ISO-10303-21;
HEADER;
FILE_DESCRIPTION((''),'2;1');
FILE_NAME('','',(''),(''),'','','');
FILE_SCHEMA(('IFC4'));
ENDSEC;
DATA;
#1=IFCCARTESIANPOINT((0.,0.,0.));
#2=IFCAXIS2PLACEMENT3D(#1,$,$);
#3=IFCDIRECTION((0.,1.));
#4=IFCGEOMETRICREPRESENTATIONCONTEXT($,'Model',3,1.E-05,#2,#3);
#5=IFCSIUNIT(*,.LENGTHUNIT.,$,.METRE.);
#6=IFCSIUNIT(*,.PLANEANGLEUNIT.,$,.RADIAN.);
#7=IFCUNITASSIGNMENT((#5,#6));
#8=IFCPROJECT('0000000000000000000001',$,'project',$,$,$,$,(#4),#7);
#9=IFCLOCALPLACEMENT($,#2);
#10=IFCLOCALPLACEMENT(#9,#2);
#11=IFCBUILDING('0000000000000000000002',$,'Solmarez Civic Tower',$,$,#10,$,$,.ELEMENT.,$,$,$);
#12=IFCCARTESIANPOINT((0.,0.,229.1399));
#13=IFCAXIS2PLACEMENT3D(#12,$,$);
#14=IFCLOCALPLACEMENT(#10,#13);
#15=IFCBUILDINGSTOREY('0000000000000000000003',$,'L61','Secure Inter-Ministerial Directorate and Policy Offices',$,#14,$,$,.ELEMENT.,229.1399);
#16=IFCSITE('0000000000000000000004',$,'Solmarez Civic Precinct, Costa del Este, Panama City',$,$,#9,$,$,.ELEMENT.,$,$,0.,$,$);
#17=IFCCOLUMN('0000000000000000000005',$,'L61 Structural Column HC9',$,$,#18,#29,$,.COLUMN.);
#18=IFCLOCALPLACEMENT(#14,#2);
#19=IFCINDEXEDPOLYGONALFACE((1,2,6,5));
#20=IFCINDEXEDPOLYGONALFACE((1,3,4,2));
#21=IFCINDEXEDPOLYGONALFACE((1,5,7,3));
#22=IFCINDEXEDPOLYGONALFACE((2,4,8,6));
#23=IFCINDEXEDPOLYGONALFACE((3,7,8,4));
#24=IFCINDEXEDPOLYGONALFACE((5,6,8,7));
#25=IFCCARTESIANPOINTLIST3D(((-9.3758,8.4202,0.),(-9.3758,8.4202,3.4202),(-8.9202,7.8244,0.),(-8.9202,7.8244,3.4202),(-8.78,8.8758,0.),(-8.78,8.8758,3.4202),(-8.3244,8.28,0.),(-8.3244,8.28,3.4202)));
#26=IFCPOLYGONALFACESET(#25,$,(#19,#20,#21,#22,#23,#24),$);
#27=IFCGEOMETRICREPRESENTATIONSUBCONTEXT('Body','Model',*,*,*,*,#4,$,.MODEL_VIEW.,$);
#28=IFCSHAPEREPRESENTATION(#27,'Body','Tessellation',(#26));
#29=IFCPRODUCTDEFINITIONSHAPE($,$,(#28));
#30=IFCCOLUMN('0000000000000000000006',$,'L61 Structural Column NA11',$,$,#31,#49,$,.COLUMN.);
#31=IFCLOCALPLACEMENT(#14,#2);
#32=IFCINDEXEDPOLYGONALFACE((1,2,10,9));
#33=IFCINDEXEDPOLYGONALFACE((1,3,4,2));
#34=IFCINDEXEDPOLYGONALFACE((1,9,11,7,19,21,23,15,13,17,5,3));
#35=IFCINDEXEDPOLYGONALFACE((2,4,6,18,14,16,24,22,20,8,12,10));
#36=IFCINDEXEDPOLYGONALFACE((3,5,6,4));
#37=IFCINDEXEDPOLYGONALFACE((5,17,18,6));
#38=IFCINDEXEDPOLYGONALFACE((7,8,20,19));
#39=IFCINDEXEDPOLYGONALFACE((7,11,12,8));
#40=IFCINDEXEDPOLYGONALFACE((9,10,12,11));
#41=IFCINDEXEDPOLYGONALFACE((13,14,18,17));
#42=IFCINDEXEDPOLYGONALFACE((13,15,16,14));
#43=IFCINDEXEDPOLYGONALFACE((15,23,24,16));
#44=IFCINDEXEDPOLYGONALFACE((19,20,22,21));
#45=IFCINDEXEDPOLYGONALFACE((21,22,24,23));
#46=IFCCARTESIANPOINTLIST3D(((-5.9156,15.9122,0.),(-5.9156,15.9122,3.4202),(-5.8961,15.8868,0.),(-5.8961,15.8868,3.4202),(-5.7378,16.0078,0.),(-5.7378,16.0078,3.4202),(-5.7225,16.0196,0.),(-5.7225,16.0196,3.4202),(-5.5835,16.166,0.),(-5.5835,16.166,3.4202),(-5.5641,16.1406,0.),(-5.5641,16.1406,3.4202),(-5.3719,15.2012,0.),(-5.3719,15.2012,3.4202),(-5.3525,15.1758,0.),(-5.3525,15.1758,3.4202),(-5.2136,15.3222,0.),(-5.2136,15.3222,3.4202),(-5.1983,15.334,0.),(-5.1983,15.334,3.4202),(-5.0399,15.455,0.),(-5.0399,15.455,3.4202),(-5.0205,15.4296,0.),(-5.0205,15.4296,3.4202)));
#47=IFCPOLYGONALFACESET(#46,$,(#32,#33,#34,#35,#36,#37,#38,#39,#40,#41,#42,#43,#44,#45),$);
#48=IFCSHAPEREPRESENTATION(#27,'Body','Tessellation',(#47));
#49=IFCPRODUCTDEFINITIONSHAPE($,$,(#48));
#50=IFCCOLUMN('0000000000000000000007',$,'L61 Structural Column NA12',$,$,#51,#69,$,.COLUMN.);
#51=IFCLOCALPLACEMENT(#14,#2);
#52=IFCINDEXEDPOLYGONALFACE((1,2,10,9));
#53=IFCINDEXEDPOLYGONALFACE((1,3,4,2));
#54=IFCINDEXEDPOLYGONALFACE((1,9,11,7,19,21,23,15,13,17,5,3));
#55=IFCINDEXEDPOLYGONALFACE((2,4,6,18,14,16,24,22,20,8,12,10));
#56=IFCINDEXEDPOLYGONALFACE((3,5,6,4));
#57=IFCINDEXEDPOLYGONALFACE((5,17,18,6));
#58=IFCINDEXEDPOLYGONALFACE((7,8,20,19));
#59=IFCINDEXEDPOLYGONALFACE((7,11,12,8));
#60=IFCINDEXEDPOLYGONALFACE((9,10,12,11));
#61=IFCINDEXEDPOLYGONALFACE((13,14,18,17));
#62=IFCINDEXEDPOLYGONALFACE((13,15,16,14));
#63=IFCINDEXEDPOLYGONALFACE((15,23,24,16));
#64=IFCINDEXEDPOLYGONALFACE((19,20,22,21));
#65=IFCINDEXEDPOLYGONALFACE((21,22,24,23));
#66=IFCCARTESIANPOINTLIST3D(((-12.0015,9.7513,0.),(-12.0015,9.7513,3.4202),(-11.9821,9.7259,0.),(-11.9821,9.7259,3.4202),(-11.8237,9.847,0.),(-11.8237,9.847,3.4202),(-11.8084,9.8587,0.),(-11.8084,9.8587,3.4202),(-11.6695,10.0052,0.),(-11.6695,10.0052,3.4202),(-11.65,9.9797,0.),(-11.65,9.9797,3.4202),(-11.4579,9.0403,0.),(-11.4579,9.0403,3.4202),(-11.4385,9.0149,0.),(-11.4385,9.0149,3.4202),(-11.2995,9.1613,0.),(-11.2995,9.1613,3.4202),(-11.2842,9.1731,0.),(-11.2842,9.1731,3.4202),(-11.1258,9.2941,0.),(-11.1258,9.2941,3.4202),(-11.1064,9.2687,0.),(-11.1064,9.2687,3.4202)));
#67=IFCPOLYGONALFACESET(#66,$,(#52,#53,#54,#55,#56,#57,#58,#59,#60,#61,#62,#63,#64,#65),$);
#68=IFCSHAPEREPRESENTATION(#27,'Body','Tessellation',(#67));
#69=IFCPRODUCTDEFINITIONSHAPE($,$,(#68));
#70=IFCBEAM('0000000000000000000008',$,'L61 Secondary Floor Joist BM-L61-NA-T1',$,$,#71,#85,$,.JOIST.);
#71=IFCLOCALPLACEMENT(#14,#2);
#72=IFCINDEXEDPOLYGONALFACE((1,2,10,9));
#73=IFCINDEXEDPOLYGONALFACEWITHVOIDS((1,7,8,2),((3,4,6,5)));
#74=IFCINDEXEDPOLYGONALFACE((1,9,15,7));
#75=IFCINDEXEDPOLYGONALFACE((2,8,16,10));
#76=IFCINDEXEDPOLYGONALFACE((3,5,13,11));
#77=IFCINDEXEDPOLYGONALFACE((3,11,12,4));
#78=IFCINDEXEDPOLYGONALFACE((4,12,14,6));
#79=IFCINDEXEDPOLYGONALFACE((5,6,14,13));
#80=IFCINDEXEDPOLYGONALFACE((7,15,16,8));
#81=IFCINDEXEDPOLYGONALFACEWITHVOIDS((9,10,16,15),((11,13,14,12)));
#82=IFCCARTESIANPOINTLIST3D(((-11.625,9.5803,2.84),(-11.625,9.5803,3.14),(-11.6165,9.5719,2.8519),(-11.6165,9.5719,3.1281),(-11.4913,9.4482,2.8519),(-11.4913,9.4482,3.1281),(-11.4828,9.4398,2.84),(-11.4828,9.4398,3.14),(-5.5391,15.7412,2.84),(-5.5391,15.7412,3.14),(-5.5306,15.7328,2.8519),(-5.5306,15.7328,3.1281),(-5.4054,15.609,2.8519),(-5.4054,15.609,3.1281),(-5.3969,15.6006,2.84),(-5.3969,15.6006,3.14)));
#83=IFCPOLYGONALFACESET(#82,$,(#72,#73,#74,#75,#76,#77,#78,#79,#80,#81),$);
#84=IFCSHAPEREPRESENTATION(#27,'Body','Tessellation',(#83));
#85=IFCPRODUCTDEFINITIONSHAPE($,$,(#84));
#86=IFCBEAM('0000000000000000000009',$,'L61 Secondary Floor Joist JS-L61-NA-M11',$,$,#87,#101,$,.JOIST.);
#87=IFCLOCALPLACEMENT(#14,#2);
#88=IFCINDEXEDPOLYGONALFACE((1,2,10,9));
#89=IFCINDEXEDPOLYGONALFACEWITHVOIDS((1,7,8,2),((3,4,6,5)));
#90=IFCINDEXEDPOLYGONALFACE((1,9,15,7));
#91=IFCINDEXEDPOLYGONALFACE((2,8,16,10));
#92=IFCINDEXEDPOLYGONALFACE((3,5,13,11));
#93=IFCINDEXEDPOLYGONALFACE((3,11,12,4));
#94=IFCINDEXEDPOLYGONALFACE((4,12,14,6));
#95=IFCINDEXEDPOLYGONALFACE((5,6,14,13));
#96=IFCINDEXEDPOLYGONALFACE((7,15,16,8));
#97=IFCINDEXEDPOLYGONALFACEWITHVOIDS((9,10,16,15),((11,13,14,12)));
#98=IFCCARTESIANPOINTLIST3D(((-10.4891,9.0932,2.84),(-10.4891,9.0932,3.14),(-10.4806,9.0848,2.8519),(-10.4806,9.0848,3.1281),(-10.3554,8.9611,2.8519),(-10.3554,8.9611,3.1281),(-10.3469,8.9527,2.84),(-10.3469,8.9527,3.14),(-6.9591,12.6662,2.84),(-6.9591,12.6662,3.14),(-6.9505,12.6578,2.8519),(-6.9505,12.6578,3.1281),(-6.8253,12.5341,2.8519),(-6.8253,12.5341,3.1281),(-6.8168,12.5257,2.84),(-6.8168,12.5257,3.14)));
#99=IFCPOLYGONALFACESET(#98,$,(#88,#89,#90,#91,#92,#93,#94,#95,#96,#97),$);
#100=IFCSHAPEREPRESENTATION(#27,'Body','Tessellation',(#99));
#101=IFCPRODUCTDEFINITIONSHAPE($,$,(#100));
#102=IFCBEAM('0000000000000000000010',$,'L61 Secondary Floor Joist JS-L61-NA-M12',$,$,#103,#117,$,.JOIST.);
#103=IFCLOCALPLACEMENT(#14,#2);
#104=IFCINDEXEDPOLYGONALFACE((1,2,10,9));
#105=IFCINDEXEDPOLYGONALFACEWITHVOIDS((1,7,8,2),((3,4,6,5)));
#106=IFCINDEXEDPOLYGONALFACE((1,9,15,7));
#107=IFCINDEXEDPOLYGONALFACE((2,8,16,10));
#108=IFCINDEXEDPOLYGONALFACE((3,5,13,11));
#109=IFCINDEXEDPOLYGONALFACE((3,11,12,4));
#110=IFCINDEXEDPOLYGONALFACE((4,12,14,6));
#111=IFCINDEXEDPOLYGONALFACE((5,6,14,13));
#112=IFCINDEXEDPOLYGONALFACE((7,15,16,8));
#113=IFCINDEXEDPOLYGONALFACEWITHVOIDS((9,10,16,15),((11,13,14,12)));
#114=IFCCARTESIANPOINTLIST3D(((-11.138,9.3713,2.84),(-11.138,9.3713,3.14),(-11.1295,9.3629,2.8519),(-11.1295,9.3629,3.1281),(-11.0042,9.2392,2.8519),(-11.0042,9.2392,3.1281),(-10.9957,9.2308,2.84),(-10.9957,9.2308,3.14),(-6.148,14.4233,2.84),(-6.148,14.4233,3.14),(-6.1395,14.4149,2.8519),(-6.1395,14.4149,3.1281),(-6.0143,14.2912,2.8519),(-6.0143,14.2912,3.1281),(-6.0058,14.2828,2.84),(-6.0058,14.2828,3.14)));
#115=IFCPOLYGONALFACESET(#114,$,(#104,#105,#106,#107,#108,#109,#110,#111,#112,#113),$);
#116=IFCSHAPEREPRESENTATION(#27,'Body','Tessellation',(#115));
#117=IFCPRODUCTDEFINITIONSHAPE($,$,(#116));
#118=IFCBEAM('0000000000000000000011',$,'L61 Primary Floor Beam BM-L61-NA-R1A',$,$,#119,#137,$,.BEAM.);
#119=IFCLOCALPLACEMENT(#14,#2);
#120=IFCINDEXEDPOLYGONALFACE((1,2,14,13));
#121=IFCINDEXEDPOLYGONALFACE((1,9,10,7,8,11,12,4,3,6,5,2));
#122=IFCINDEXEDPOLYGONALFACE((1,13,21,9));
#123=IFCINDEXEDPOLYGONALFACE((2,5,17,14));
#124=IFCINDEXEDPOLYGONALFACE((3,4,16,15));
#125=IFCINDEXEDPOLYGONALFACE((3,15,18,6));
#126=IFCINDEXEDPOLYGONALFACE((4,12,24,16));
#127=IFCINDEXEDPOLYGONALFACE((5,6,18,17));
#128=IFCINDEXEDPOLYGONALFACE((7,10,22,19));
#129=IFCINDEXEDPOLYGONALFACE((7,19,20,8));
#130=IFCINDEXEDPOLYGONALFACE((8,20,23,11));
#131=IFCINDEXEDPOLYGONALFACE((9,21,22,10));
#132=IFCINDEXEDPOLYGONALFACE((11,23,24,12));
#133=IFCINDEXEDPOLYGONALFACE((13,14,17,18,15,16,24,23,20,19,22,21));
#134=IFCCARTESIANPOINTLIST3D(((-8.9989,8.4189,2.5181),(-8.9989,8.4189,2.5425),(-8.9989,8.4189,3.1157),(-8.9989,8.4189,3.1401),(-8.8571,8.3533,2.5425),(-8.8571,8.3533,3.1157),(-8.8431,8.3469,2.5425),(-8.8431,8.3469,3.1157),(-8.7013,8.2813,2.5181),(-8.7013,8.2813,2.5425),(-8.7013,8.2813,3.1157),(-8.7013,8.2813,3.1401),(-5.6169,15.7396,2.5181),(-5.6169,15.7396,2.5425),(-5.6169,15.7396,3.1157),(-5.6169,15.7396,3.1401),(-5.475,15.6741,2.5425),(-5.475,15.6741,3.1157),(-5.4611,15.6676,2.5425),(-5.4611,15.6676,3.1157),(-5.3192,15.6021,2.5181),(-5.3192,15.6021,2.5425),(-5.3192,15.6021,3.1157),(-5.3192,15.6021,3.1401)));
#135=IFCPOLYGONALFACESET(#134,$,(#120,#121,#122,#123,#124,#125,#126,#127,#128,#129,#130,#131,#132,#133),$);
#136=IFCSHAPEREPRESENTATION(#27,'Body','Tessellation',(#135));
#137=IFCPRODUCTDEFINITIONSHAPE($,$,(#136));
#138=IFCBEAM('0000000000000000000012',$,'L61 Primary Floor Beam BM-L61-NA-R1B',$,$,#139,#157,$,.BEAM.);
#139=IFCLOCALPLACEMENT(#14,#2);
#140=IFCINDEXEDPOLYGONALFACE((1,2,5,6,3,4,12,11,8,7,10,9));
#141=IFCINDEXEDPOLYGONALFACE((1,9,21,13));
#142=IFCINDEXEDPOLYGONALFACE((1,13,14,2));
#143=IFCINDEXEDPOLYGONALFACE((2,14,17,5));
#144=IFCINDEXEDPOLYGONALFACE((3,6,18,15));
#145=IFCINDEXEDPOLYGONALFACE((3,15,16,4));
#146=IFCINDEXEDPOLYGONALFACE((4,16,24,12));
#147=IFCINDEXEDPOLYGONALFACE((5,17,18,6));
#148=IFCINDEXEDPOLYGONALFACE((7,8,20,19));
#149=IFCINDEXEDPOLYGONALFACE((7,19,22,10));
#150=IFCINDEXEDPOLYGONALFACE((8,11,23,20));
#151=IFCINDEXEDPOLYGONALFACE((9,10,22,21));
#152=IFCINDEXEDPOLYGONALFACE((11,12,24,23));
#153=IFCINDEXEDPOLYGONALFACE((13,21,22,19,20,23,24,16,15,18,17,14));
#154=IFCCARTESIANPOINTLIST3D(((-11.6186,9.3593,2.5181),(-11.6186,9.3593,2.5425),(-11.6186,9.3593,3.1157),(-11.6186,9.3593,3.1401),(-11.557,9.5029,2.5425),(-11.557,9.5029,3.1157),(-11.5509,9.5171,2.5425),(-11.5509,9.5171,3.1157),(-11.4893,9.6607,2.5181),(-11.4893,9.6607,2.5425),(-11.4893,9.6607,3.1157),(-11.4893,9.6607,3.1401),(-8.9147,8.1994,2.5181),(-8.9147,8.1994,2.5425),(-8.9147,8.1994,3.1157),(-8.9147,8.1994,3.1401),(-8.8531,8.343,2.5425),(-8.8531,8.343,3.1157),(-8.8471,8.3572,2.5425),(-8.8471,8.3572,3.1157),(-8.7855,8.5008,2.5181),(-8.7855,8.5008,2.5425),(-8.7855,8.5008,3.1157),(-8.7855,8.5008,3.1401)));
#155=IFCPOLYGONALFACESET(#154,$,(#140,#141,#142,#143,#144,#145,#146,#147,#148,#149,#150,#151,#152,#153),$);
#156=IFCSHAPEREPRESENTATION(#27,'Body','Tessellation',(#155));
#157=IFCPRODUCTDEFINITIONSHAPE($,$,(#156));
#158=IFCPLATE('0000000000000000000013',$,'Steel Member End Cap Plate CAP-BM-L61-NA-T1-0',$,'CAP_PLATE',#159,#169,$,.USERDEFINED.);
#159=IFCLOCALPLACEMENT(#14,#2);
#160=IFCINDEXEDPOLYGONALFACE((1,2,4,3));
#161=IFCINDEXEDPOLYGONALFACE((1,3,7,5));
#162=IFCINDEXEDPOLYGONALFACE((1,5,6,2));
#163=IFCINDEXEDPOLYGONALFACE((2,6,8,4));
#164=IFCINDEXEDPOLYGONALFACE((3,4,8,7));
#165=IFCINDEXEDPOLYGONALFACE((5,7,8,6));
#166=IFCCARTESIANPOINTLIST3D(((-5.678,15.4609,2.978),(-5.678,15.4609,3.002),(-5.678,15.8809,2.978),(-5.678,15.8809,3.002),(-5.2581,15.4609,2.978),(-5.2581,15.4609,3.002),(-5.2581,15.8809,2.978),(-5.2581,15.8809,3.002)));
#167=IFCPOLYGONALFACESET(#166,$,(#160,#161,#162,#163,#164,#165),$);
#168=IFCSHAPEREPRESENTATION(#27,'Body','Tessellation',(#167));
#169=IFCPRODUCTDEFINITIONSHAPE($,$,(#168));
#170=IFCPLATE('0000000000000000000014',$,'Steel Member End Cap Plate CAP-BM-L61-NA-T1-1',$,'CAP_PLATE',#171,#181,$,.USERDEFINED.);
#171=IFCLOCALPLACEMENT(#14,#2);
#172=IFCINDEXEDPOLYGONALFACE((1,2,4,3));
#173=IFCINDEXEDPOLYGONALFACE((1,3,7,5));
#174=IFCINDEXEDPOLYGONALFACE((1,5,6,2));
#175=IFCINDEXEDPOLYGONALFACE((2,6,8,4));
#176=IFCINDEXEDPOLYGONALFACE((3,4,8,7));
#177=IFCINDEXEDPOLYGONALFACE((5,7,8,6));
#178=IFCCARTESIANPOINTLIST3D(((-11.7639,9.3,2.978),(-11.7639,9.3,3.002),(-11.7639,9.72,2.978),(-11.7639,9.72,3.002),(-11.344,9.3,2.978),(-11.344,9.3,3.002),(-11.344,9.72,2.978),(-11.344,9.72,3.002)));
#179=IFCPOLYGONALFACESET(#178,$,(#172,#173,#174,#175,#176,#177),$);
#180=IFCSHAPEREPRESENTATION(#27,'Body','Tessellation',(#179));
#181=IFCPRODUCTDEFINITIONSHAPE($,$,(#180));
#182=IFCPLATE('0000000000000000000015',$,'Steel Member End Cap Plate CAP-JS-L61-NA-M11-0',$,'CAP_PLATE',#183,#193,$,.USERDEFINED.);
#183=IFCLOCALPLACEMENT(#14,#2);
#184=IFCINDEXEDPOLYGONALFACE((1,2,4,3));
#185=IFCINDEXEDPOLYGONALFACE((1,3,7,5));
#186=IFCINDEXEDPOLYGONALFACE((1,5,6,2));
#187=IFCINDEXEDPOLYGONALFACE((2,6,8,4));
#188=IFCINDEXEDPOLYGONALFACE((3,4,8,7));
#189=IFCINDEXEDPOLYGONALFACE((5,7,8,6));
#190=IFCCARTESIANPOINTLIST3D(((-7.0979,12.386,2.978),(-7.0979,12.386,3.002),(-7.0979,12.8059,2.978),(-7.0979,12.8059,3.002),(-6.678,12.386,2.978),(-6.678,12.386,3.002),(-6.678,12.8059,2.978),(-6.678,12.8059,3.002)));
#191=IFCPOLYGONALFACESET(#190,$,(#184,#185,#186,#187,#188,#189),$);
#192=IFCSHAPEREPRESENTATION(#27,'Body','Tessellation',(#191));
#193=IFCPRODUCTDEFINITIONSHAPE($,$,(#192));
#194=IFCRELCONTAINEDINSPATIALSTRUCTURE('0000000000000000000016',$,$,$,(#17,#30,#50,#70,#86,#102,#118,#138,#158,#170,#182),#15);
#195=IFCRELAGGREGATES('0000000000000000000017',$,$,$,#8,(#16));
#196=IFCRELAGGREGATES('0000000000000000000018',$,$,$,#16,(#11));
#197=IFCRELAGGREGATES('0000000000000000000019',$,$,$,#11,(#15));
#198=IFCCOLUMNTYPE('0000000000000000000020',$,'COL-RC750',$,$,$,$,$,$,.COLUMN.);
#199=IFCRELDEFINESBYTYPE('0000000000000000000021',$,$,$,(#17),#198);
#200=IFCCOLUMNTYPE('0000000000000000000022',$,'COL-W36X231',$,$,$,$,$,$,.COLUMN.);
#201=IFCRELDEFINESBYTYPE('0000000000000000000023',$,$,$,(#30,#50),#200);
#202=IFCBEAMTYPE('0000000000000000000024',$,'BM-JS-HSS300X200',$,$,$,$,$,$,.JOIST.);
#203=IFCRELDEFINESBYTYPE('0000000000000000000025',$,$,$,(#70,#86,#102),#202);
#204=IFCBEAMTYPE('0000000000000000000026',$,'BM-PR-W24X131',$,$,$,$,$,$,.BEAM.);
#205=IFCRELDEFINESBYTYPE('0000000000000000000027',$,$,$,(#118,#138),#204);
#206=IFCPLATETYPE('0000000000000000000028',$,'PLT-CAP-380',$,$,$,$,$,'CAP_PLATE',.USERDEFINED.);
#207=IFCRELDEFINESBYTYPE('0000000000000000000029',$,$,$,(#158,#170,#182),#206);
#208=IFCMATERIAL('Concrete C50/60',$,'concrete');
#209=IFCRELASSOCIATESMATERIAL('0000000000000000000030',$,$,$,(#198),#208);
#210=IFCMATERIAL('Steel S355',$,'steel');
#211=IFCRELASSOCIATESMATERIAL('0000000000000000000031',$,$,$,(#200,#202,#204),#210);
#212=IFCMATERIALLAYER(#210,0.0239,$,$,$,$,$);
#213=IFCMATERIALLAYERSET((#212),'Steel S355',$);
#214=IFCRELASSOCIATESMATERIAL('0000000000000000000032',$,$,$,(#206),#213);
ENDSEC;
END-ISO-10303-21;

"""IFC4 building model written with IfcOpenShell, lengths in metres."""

from ifc_helpers import new_model, si_unit, direction, frame, origin, origin_2d, place, context, subcontext, project, spatial, rectangle, hollow_rectangle, i_section, extrude, material, layer, layer_set, material_profile, profile_set, type_object, element, save


model = new_model("IFC4")

# Units and contexts
model_context = context("Model", 3, precision=1e-05, world=origin(), true_north=direction((0.0, 1.0)))
body_context = subcontext(model_context, "Body", "Model", "MODEL_VIEW")
ifc_project = project(units=[si_unit("LENGTHUNIT", "METRE"), si_unit("PLANEANGLEUNIT", "RADIAN")], contexts=[model_context])

# Site, building, storey
site_placement = place(None, origin())
site = spatial("IfcSite", under=ifc_project, at=site_placement, Name="Solmarez Civic Precinct, Costa del Este, Panama City", CompositionType="ELEMENT", RefElevation=0.0)
building_placement = place(site_placement, origin())
building = spatial("IfcBuilding", under=site, at=building_placement, Name="Solmarez Civic Tower", CompositionType="ELEMENT")
storey_placement = place(building_placement, frame((0.0, 0.0, 229.1399)))
storey = spatial("IfcBuildingStorey", under=building, at=storey_placement, Name="L61", Description="Secure Inter-Ministerial Directorate and Policy Offices", CompositionType="ELEMENT", Elevation=229.1399)

# Columns
ifc_material_1 = material(Name="Concrete C50/60", Category="concrete")
ifc_material_profile_1 = material_profile(ifc_material_1, rectangle(XDim=0.75, YDim=0.75, at=origin_2d()), Name="RC750X750")
ifc_profile_set_1 = profile_set([ifc_material_profile_1], Name="Concrete C50/60")
column_type_1 = type_object("IfcColumnType", Name="COL-RC750", PredefinedType="COLUMN", material=ifc_profile_set_1)
column_placement = place(storey_placement, frame((-8.8501, 8.3501, 0.0), z_axis=(0.0, 0.0, 1.0), x_axis=(0.794415, 0.607376, 0.0)))
element("IfcColumn", 1, at=column_placement, inside=storey, type_object=column_type_1, Name="L61 Structural Column HC9", PredefinedType="COLUMN", context=body_context, shape_type="SweptSolid", body=[
    extrude(rectangle(XDim=0.75, YDim=0.75, at=origin_2d()), origin(), (0.0, 0.0, 1.0), 3.4202),
])
ifc_material_2 = material(Name="Steel S355", Category="steel")
ifc_material_profile_2 = material_profile(ifc_material_2, i_section(OverallWidth=0.418, OverallDepth=0.927, WebThickness=0.0193, FlangeThickness=0.032, at=origin_2d()), Name="W36X231")
ifc_profile_set_2 = profile_set([ifc_material_profile_2], Name="Steel S355")
column_type_2 = type_object("IfcColumnType", Name="COL-W36X231", PredefinedType="COLUMN", material=ifc_profile_set_2)
for number, where, z_axis, x_axis, name in (
    (2, (-5.468, 15.6709, 0.0), (0.0, 0.0, 1.0), (0.794415, 0.607376, 0.0), "L61 Structural Column NA11"),
    (3, (-11.554, 9.51, 0.0), (0.0, 0.0, 1.0), (0.794415, 0.607376, 0.0), "L61 Structural Column NA12"),
):
    element("IfcColumn", number, at=place(storey_placement, frame(where, z_axis=z_axis, x_axis=x_axis)), inside=storey, type_object=column_type_2, Name=name, PredefinedType="COLUMN", context=body_context, shape_type="SweptSolid", body=[
        extrude(i_section(OverallWidth=0.418, OverallDepth=0.927, WebThickness=0.0193, FlangeThickness=0.032, at=origin_2d()), origin(), (0.0, 0.0, 1.0), 3.4202),
    ])

# Beams
ifc_material_profile_3 = material_profile(ifc_material_2, hollow_rectangle(XDim=0.2, YDim=0.3, WallThickness=0.012, at=origin_2d()), Name="HSS300X200X12")
ifc_profile_set_3 = profile_set([ifc_material_profile_3], Name="Steel S355")
beam_type_1 = type_object("IfcBeamType", Name="BM-JS-HSS300X200", PredefinedType="JOIST", material=ifc_profile_set_3)
beam_1_placement = place(storey_placement, frame((-5.468, 15.6709, 2.99), z_axis=(-0.702766, -0.711421, 0.0), x_axis=(0.711421, -0.702766, 0.0)))
element("IfcBeam", 4, at=beam_1_placement, inside=storey, type_object=beam_type_1, Name="L61 Secondary Floor Joist BM-L61-NA-T1", PredefinedType="JOIST", context=body_context, shape_type="SweptSolid", body=[
    extrude(hollow_rectangle(XDim=0.2, YDim=0.3, WallThickness=0.012, at=origin_2d()), origin(), (0.0, 0.0, 1.0), 8.6599),
])
beam_2_placement = place(storey_placement, frame((-6.8879, 12.5959, 2.99), z_axis=(-0.702816, -0.711371, 0.0), x_axis=(0.711371, -0.702816, 0.0)))
element("IfcBeam", 5, at=beam_2_placement, inside=storey, type_object=beam_type_1, Name="L61 Secondary Floor Joist JS-L61-NA-M11", PredefinedType="JOIST", context=body_context, shape_type="SweptSolid", body=[
    extrude(hollow_rectangle(XDim=0.2, YDim=0.3, WallThickness=0.012, at=origin_2d()), origin(), (0.0, 0.0, 1.0), 5.0227),
])
beam_3_placement = place(storey_placement, frame((-6.0769, 14.353, 2.99), z_axis=(-0.702727, -0.71146, 0.0), x_axis=(0.71146, -0.702727, 0.0)))
element("IfcBeam", 6, at=beam_3_placement, inside=storey, type_object=beam_type_1, Name="L61 Secondary Floor Joist JS-L61-NA-M12", PredefinedType="JOIST", context=body_context, shape_type="SweptSolid", body=[
    extrude(hollow_rectangle(XDim=0.2, YDim=0.3, WallThickness=0.012, at=origin_2d()), origin(), (0.0, 0.0, 1.0), 7.1008),
])
ifc_material_profile_4 = material_profile(ifc_material_2, i_section(OverallWidth=0.3279, OverallDepth=0.6221, WebThickness=0.0154, FlangeThickness=0.0244, at=origin_2d()), Name="W24X131")
ifc_profile_set_4 = profile_set([ifc_material_profile_4], Name="Steel S355")
beam_type_2 = type_object("IfcBeamType", Name="BM-PR-W24X131", PredefinedType="BEAM", material=ifc_profile_set_4)
beam_4_placement = place(storey_placement, frame((-8.8501, 8.3501, 2.8291), z_axis=(0.41939, 0.907806, 0.0), x_axis=(-0.907806, 0.41939, 0.0)))
element("IfcBeam", 7, at=beam_4_placement, inside=storey, type_object=beam_type_2, Name="L61 Primary Floor Beam BM-L61-NA-R1A", PredefinedType="BEAM", context=body_context, shape_type="SweptSolid", body=[
    extrude(i_section(OverallWidth=0.3279, OverallDepth=0.6221, WebThickness=0.0154, FlangeThickness=0.0244, at=origin_2d()), origin(), (0.0, 0.0, 1.0), 8.0642),
])
beam_5_placement = place(storey_placement, frame((-8.8501, 8.3501, 2.8291), z_axis=(-0.919008, 0.39424, 0.0), x_axis=(-0.39424, -0.919008, 0.0)))
element("IfcBeam", 8, at=beam_5_placement, inside=storey, type_object=beam_type_2, Name="L61 Primary Floor Beam BM-L61-NA-R1B", PredefinedType="BEAM", context=body_context, shape_type="SweptSolid", body=[
    extrude(i_section(OverallWidth=0.3279, OverallDepth=0.6221, WebThickness=0.0154, FlangeThickness=0.0244, at=origin_2d()), origin(), (0.0, 0.0, 1.0), 2.9421),
])

# Plates
ifc_layer_1 = layer(ifc_material_2, 0.0239)
ifc_layer_set_1 = layer_set([ifc_layer_1], Name="Steel S355")
plate_type = type_object("IfcPlateType", Name="PLT-CAP-380", ElementType="CAP_PLATE", PredefinedType="USERDEFINED", material=ifc_layer_set_1)
for number, where, z_axis, x_axis, name in (
    (9, (-5.468, 15.6709, 2.978), (0.0, 0.0, 1.0), (1.0, 0.0, 0.0), "Steel Member End Cap Plate CAP-BM-L61-NA-T1-0"),
    (10, (-11.554, 9.51, 2.978), (0.0, 0.0, 1.0), (1.0, 0.0, 0.0), "Steel Member End Cap Plate CAP-BM-L61-NA-T1-1"),
    (11, (-6.8879, 12.5959, 2.978), (0.0, 0.0, 1.0), (1.0, 0.0, 0.0), "Steel Member End Cap Plate CAP-JS-L61-NA-M11-0"),
):
    element("IfcPlate", number, at=place(storey_placement, frame(where, z_axis=z_axis, x_axis=x_axis)), inside=storey, type_object=plate_type, Name=name, ObjectType="CAP_PLATE", PredefinedType="USERDEFINED", context=body_context, shape_type="SweptSolid", body=[
        extrude(rectangle(XDim=0.4199, YDim=0.4199, at=origin_2d()), origin(), (0.0, 0.0, 1.0), 0.0239),
    ])

save(model, "model.ifc")
